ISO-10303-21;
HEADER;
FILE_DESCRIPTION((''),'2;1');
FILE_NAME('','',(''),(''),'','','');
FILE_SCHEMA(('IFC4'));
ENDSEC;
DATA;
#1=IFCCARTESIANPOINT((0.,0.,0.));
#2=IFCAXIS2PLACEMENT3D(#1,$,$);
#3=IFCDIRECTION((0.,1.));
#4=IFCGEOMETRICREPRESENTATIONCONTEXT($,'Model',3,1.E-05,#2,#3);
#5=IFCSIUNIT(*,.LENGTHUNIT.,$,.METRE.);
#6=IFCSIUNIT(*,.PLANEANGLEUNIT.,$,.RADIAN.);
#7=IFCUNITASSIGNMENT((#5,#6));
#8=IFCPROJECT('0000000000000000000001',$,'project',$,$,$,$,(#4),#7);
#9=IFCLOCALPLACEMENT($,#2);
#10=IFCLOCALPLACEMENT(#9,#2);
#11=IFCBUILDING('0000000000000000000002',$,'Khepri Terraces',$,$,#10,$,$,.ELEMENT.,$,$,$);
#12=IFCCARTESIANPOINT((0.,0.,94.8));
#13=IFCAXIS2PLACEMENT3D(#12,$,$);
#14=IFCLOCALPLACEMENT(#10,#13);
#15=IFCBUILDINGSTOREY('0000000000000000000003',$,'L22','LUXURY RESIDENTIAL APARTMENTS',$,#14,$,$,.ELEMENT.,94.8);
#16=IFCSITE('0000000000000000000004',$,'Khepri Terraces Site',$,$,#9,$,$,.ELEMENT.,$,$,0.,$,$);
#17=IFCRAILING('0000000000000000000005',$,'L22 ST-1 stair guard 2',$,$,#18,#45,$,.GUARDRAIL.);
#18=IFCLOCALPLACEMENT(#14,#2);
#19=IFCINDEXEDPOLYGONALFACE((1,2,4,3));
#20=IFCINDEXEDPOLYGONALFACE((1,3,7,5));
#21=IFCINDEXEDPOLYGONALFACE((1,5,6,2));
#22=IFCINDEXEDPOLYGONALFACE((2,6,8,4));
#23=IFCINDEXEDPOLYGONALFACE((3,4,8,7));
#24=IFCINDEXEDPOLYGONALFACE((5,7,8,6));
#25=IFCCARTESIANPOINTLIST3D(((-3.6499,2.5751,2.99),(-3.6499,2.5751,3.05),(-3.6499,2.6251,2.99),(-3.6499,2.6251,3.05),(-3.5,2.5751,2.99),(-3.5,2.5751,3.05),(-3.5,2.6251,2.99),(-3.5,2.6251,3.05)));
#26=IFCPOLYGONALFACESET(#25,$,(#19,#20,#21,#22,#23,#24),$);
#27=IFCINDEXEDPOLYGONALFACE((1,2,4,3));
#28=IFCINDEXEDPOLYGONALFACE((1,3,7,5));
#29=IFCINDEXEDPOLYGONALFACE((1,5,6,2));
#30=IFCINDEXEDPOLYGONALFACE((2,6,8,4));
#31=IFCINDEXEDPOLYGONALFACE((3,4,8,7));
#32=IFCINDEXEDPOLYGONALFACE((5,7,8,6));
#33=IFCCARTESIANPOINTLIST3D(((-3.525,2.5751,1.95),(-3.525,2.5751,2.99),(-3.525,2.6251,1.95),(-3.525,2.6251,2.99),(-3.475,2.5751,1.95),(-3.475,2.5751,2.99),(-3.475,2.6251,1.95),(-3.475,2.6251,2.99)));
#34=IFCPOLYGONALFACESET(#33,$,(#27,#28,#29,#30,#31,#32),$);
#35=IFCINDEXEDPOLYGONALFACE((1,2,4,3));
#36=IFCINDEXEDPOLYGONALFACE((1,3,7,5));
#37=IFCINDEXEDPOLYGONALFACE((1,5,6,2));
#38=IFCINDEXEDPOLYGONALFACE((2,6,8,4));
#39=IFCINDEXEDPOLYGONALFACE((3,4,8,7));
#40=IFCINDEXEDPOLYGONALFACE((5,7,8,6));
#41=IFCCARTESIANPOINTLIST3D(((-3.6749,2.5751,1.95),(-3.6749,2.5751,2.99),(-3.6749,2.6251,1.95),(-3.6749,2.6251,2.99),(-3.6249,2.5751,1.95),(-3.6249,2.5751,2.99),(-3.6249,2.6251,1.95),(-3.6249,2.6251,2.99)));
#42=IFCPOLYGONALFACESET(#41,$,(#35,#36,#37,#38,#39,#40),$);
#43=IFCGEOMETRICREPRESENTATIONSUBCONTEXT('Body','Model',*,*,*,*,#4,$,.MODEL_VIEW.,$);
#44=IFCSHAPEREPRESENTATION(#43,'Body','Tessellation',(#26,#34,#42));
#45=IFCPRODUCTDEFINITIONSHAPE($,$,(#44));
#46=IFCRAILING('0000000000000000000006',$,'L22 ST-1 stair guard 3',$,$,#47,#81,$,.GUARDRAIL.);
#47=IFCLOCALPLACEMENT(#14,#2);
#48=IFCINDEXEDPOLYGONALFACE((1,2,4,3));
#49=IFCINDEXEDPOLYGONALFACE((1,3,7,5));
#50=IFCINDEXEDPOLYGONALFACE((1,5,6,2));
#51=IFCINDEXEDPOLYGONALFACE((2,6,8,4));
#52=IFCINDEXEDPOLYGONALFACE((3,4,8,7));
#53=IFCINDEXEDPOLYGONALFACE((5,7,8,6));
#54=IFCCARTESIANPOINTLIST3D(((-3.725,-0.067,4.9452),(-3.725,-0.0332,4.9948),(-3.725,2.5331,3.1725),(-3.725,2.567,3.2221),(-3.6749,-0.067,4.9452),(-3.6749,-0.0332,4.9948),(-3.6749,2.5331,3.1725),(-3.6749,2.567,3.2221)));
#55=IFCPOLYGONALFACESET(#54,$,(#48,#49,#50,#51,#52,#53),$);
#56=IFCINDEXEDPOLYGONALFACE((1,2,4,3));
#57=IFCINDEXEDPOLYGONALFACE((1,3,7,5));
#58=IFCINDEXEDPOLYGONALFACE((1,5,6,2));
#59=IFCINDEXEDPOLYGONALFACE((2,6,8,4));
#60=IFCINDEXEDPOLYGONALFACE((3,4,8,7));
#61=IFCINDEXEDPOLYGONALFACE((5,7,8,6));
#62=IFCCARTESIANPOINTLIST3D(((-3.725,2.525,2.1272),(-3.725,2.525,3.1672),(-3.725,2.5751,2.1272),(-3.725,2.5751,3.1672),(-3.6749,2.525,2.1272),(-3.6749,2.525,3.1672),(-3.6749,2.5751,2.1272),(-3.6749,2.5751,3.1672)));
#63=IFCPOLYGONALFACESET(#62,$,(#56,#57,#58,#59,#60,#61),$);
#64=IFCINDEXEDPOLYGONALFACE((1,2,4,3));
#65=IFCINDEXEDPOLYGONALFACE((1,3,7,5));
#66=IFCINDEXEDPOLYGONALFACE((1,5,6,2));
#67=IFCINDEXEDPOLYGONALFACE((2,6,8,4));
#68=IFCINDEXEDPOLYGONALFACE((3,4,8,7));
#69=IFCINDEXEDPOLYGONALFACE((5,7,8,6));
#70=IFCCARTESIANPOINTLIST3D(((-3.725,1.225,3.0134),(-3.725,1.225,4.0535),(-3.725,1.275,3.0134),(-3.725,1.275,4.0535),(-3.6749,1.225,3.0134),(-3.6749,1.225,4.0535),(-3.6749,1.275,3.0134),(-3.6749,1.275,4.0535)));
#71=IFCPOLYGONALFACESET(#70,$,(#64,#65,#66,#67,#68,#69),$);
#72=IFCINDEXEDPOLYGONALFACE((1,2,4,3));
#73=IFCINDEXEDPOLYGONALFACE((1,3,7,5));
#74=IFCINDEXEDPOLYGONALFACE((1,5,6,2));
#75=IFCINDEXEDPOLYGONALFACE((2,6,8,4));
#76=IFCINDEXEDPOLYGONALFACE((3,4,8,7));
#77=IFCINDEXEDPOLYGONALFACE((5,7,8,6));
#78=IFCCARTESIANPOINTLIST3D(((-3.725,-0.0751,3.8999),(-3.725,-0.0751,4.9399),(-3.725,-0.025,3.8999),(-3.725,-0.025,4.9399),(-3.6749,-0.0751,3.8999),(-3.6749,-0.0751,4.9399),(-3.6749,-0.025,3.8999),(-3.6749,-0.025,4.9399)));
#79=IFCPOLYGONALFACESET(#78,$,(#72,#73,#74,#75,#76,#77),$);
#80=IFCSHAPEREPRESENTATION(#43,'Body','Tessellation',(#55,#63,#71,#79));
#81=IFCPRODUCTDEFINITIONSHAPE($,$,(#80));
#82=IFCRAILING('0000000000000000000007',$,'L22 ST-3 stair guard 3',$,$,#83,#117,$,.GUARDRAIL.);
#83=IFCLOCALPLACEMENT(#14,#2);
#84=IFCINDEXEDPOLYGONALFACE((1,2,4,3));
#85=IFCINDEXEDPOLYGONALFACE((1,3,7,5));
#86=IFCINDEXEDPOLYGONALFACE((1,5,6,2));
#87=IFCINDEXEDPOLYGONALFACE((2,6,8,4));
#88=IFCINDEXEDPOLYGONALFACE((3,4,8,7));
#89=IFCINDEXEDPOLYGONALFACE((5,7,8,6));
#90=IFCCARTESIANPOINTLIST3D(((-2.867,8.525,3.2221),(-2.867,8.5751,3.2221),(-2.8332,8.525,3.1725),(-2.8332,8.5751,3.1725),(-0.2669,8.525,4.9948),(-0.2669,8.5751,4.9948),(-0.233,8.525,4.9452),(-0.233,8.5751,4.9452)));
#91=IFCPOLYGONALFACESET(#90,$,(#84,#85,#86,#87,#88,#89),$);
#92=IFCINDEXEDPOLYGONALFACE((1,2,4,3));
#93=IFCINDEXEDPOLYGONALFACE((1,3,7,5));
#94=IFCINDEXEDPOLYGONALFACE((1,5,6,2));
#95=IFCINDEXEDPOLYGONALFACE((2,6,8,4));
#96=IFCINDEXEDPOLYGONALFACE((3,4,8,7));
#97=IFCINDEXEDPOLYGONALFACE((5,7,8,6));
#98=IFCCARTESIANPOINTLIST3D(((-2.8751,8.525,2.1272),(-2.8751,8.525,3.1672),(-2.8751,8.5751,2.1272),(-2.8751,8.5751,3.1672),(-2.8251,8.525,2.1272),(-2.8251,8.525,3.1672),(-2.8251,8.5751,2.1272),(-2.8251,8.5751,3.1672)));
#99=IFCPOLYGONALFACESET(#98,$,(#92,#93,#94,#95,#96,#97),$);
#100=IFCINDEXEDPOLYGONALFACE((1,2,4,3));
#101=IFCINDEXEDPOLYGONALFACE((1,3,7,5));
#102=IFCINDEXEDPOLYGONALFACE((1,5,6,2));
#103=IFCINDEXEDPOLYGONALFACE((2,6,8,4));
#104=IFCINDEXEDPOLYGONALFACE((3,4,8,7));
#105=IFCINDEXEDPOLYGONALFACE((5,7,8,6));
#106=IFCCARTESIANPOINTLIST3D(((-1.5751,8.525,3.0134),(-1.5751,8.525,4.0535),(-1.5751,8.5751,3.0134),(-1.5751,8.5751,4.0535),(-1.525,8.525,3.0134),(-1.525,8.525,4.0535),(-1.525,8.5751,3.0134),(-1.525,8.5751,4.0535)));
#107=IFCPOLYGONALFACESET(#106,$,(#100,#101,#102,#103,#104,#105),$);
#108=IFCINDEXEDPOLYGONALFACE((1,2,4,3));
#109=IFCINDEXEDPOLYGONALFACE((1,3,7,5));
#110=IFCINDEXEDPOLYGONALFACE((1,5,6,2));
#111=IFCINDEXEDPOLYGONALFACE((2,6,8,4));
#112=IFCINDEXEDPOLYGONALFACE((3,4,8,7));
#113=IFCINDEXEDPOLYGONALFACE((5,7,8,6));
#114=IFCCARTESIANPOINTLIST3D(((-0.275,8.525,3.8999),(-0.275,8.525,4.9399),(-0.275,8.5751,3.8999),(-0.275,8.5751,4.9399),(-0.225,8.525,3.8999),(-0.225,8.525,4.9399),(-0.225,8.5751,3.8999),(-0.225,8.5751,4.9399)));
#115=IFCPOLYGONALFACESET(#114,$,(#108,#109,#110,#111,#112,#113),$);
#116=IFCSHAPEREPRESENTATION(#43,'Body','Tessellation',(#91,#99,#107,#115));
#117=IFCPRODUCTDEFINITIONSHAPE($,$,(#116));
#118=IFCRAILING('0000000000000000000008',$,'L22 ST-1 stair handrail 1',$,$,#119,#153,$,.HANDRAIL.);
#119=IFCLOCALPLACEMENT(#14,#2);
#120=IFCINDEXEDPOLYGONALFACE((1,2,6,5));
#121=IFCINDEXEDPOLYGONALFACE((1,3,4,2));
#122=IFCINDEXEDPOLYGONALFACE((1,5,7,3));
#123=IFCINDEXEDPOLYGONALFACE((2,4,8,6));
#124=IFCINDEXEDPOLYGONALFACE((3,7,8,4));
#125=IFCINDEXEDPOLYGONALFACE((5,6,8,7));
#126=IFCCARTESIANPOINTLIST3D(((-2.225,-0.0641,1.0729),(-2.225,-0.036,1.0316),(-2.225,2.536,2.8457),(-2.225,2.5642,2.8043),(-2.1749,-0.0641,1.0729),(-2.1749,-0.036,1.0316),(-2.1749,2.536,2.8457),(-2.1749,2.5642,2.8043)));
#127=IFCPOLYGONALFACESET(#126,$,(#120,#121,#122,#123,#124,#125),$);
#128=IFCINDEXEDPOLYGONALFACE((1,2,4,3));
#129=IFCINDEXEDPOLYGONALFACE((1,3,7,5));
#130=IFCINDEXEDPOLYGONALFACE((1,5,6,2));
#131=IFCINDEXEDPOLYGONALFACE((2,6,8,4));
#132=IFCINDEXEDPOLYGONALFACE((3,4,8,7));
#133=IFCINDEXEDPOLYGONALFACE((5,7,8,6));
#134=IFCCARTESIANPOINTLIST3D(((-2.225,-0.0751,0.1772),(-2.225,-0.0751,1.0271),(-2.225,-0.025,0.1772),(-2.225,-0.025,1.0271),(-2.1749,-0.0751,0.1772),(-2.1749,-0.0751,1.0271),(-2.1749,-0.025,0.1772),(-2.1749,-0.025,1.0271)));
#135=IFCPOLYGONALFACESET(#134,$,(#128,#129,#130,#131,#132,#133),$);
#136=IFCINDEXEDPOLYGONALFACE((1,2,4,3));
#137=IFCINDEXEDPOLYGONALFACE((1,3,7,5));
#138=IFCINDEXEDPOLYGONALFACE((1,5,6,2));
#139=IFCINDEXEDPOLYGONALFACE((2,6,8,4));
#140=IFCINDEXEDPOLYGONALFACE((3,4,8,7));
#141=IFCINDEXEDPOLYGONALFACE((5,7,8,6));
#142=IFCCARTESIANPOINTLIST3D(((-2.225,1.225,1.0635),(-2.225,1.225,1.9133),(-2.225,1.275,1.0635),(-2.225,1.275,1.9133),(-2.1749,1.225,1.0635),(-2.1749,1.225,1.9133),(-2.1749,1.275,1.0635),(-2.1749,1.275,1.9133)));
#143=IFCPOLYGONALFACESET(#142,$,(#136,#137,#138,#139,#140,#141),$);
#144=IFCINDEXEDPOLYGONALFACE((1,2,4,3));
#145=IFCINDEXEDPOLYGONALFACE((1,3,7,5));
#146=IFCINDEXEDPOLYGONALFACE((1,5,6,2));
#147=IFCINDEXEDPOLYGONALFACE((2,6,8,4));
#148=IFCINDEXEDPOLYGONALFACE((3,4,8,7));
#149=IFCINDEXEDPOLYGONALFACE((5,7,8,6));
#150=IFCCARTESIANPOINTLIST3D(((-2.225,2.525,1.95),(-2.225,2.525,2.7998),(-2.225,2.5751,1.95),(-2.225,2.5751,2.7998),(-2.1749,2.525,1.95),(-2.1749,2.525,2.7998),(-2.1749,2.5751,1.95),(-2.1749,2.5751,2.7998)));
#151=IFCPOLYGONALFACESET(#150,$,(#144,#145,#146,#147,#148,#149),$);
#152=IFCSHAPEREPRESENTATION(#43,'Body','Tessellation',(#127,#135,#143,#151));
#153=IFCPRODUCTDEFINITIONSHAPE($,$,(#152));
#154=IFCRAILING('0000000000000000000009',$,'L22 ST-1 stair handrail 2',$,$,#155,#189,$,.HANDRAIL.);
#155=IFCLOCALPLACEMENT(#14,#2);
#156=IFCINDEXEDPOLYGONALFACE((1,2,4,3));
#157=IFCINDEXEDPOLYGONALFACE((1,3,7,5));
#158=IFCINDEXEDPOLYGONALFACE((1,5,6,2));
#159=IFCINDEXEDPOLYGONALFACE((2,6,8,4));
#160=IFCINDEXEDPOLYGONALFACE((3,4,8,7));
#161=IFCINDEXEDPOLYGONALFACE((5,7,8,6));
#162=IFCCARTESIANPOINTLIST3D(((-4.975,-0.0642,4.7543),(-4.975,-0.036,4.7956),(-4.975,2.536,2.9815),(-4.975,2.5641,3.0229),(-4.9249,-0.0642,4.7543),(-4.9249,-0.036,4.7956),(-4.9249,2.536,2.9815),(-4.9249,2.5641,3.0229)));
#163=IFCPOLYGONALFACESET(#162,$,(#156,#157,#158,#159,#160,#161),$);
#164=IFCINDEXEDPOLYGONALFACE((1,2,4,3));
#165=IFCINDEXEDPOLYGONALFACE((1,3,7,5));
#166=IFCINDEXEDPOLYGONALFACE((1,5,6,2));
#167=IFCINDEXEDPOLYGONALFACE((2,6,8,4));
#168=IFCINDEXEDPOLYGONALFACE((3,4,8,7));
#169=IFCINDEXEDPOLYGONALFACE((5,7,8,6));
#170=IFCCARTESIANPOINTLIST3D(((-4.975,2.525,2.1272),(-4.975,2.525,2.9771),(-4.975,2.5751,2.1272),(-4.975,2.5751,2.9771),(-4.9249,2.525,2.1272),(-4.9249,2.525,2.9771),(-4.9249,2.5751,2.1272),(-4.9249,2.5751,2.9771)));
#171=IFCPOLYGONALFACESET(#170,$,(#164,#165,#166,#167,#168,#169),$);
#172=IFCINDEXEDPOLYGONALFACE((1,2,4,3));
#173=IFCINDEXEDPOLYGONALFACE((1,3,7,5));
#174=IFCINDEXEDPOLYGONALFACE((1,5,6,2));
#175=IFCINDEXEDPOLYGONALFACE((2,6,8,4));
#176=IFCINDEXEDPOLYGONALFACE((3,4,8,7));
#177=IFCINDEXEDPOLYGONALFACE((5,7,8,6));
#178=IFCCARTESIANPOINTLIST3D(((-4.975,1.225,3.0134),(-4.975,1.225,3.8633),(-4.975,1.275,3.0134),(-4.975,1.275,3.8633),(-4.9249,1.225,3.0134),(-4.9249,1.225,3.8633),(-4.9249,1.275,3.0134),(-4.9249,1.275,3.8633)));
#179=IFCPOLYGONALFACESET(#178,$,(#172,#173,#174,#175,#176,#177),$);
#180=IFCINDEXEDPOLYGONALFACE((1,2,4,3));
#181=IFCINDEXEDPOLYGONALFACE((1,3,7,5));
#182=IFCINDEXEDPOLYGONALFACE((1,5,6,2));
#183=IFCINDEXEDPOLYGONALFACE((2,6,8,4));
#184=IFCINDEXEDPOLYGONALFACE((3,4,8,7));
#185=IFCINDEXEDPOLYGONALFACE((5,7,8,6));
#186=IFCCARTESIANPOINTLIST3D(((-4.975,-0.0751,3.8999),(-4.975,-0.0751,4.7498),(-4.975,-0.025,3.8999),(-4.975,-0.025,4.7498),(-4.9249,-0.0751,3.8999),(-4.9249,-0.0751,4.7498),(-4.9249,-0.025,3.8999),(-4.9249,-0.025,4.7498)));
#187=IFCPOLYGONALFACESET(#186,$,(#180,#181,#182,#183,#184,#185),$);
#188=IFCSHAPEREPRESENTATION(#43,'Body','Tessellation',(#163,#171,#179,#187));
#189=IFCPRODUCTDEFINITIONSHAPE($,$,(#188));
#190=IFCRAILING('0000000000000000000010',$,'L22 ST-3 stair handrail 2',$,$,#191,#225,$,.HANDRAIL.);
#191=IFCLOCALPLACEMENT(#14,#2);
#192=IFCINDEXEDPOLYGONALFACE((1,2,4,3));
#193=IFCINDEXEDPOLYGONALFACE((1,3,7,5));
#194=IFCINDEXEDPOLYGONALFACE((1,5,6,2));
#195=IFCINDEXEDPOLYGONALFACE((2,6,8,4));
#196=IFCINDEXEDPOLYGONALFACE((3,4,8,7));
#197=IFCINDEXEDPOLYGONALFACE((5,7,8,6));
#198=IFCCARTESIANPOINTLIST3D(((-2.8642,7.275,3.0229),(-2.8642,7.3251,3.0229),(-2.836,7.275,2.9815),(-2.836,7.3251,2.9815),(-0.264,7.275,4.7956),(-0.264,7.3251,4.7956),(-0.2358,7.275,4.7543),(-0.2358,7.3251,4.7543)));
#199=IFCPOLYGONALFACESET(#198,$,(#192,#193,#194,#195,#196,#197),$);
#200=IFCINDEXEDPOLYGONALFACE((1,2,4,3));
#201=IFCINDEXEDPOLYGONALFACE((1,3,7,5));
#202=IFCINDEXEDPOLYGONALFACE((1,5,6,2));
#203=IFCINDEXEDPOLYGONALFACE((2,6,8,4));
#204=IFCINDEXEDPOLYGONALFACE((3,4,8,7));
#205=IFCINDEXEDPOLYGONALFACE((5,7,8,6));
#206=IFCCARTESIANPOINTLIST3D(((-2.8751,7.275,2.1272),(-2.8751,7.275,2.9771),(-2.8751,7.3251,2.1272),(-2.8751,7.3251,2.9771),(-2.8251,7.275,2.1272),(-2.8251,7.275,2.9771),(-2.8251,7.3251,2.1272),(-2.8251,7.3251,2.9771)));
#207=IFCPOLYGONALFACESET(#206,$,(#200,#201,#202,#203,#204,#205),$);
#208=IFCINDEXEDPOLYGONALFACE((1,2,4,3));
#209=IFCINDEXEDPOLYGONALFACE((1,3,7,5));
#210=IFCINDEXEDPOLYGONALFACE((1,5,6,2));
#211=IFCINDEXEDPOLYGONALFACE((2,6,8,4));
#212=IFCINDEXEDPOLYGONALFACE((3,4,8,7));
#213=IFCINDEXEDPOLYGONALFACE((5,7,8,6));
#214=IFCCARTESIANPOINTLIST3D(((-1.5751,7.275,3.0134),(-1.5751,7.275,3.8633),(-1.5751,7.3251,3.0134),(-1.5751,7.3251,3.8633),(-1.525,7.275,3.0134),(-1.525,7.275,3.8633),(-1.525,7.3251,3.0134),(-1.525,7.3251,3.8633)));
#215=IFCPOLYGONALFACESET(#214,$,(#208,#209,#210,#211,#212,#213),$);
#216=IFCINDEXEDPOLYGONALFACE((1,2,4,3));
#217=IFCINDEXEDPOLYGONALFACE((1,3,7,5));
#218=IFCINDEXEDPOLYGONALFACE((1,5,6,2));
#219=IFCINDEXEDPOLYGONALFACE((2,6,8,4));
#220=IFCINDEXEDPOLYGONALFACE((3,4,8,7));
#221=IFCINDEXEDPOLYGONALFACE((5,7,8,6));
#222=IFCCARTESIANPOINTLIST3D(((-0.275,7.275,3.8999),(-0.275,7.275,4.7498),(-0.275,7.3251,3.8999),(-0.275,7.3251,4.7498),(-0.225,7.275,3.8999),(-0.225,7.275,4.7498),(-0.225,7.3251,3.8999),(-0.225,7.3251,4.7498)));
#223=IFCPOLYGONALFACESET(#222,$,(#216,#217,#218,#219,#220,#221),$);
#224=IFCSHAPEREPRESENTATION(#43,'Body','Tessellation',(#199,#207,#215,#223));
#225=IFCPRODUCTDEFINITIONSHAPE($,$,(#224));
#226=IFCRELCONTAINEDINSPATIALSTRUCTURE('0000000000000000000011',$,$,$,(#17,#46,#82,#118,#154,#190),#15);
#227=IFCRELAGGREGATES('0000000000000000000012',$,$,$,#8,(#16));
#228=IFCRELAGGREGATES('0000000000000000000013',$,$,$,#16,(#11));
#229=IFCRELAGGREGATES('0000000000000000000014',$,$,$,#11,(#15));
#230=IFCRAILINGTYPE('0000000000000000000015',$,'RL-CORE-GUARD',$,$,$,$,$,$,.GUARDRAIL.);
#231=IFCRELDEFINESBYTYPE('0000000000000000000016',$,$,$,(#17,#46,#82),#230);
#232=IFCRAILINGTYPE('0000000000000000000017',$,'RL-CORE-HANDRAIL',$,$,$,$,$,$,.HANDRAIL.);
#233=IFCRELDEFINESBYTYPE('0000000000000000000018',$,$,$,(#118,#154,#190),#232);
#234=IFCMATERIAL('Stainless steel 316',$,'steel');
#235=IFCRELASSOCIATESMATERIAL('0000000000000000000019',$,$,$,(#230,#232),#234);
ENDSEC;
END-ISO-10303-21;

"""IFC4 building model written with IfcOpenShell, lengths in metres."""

from ifc_helpers import new_model, si_unit, direction, frame, origin, origin_2d, place, context, subcontext, project, spatial, rectangle, extrude, material, type_object, element, save


model = new_model("IFC4")

# Units and contexts
model_context = context("Model", 3, precision=1e-05, world=origin(), true_north=direction((0.0, 1.0)))
body_context = subcontext(model_context, "Body", "Model", "MODEL_VIEW")
ifc_project = project(units=[si_unit("LENGTHUNIT", "METRE"), si_unit("PLANEANGLEUNIT", "RADIAN")], contexts=[model_context])

# Site, building, storey
site_placement = place(None, origin())
site = spatial("IfcSite", under=ifc_project, at=site_placement, Name="Khepri Terraces Site", CompositionType="ELEMENT", RefElevation=0.0)
building_placement = place(site_placement, origin())
building = spatial("IfcBuilding", under=site, at=building_placement, Name="Khepri Terraces", CompositionType="ELEMENT")
storey_placement = place(building_placement, frame((0.0, 0.0, 94.8)))
storey = spatial("IfcBuildingStorey", under=building, at=storey_placement, Name="L22", Description="LUXURY RESIDENTIAL APARTMENTS", CompositionType="ELEMENT", Elevation=94.8)

# Railings
ifc_material_1 = material(Name="Stainless steel 316", Category="steel")
railing_type_1 = type_object("IfcRailingType", Name="RL-CORE-GUARD", PredefinedType="GUARDRAIL", material=ifc_material_1)
railing_1_placement = place(storey_placement, frame((-3.5, 2.6001, 1.95)))
element("IfcRailing", 1, at=railing_1_placement, inside=storey, type_object=railing_type_1, Name="L22 ST-1 stair guard 2", PredefinedType="GUARDRAIL", context=body_context, shape_type="SweptSolid", body=[
    extrude(rectangle(XDim=0.05, YDim=0.0601, at=origin_2d()), frame((0.0, 0.0, 1.0701), z_axis=(-1.0, 0.0, 0.0), x_axis=(0.0, -1.0, 0.0)), (0.0, 0.0, 1.0), 0.1499),
    extrude(rectangle(XDim=0.05, YDim=0.05, at=origin_2d()), origin(), (0.0, 0.0, 1.0), 1.04),
    extrude(rectangle(XDim=0.05, YDim=0.05, at=origin_2d()), frame((-0.1499, 0.0, 0.0)), (0.0, 0.0, 1.0), 1.04),
])
railing_2_placement = place(storey_placement, frame((-3.7, 2.55, 2.1272)))
element("IfcRailing", 2, at=railing_2_placement, inside=storey, type_object=railing_type_1, Name="L22 ST-1 stair guard 3", PredefinedType="GUARDRAIL", context=body_context, shape_type="SweptSolid", body=[
    extrude(rectangle(XDim=0.05, YDim=0.0601, at=origin_2d()), frame((0.0, 0.0, 1.0701), z_axis=(0.0, -0.82624, 0.563318), x_axis=(1.0, 0.0, 0.0)), (0.0, 0.0, 1.0), 3.147),
    extrude(rectangle(XDim=0.05, YDim=0.05, at=origin_2d()), origin(), (0.0, 0.0, 1.0), 1.04),
    extrude(rectangle(XDim=0.05, YDim=0.05, at=origin_2d()), frame((0.0, -1.3, 0.8862)), (0.0, 0.0, 1.0), 1.04),
    extrude(rectangle(XDim=0.05, YDim=0.05, at=origin_2d()), frame((0.0, -2.6001, 1.7727)), (0.0, 0.0, 1.0), 1.04),
])
railing_3_placement = place(storey_placement, frame((-2.8501, 8.55, 2.1272)))
element("IfcRailing", 3, at=railing_3_placement, inside=storey, type_object=railing_type_1, Name="L22 ST-3 stair guard 3", PredefinedType="GUARDRAIL", context=body_context, shape_type="SweptSolid", body=[
    extrude(rectangle(XDim=0.05, YDim=0.0601, at=origin_2d()), frame((0.0, 0.0, 1.0701), z_axis=(0.82624, 0.0, 0.563318), x_axis=(0.0, 1.0, 0.0)), (0.0, 0.0, 1.0), 3.147),
    extrude(rectangle(XDim=0.05, YDim=0.05, at=origin_2d()), origin(), (0.0, 0.0, 1.0), 1.04),
    extrude(rectangle(XDim=0.05, YDim=0.05, at=origin_2d()), frame((1.3, 0.0, 0.8862)), (0.0, 0.0, 1.0), 1.04),
    extrude(rectangle(XDim=0.05, YDim=0.05, at=origin_2d()), frame((2.6001, 0.0, 1.7727)), (0.0, 0.0, 1.0), 1.04),
])
railing_type_2 = type_object("IfcRailingType", Name="RL-CORE-HANDRAIL", PredefinedType="HANDRAIL", material=ifc_material_1)
railing_4_placement = place(storey_placement, frame((-2.2, -0.05, 0.1772)))
element("IfcRailing", 4, at=railing_4_placement, inside=storey, type_object=railing_type_2, Name="L22 ST-1 stair handrail 1", PredefinedType="HANDRAIL", context=body_context, shape_type="SweptSolid", body=[
    extrude(rectangle(XDim=0.05, YDim=0.05, at=origin_2d()), frame((0.0, 0.0, 0.875), z_axis=(0.0, 0.82624, 0.563318), x_axis=(-1.0, 0.0, 0.0)), (0.0, 0.0, 1.0), 3.147),
    extrude(rectangle(XDim=0.05, YDim=0.05, at=origin_2d()), origin(), (0.0, 0.0, 1.0), 0.8499),
    extrude(rectangle(XDim=0.05, YDim=0.05, at=origin_2d()), frame((0.0, 1.3, 0.8862)), (0.0, 0.0, 1.0), 0.8499),
    extrude(rectangle(XDim=0.05, YDim=0.05, at=origin_2d()), frame((0.0, 2.6001, 1.7727)), (0.0, 0.0, 1.0), 0.8499),
])
railing_5_placement = place(storey_placement, frame((-4.95, 2.55, 2.1272)))
element("IfcRailing", 5, at=railing_5_placement, inside=storey, type_object=railing_type_2, Name="L22 ST-1 stair handrail 2", PredefinedType="HANDRAIL", context=body_context, shape_type="SweptSolid", body=[
    extrude(rectangle(XDim=0.05, YDim=0.05, at=origin_2d()), frame((0.0, 0.0, 0.875), z_axis=(0.0, -0.82624, 0.563318), x_axis=(1.0, 0.0, 0.0)), (0.0, 0.0, 1.0), 3.147),
    extrude(rectangle(XDim=0.05, YDim=0.05, at=origin_2d()), origin(), (0.0, 0.0, 1.0), 0.8499),
    extrude(rectangle(XDim=0.05, YDim=0.05, at=origin_2d()), frame((0.0, -1.3, 0.8862)), (0.0, 0.0, 1.0), 0.8499),
    extrude(rectangle(XDim=0.05, YDim=0.05, at=origin_2d()), frame((0.0, -2.6001, 1.7727)), (0.0, 0.0, 1.0), 0.8499),
])
railing_6_placement = place(storey_placement, frame((-2.8501, 7.3, 2.1272)))
element("IfcRailing", 6, at=railing_6_placement, inside=storey, type_object=railing_type_2, Name="L22 ST-3 stair handrail 2", PredefinedType="HANDRAIL", context=body_context, shape_type="SweptSolid", body=[
    extrude(rectangle(XDim=0.05, YDim=0.05, at=origin_2d()), frame((0.0, 0.0, 0.875), z_axis=(0.82624, 0.0, 0.563318), x_axis=(0.0, 1.0, 0.0)), (0.0, 0.0, 1.0), 3.147),
    extrude(rectangle(XDim=0.05, YDim=0.05, at=origin_2d()), origin(), (0.0, 0.0, 1.0), 0.8499),
    extrude(rectangle(XDim=0.05, YDim=0.05, at=origin_2d()), frame((1.3, 0.0, 0.8862)), (0.0, 0.0, 1.0), 0.8499),
    extrude(rectangle(XDim=0.05, YDim=0.05, at=origin_2d()), frame((2.6001, 0.0, 1.7727)), (0.0, 0.0, 1.0), 0.8499),
])

save(model, "model.ifc")
